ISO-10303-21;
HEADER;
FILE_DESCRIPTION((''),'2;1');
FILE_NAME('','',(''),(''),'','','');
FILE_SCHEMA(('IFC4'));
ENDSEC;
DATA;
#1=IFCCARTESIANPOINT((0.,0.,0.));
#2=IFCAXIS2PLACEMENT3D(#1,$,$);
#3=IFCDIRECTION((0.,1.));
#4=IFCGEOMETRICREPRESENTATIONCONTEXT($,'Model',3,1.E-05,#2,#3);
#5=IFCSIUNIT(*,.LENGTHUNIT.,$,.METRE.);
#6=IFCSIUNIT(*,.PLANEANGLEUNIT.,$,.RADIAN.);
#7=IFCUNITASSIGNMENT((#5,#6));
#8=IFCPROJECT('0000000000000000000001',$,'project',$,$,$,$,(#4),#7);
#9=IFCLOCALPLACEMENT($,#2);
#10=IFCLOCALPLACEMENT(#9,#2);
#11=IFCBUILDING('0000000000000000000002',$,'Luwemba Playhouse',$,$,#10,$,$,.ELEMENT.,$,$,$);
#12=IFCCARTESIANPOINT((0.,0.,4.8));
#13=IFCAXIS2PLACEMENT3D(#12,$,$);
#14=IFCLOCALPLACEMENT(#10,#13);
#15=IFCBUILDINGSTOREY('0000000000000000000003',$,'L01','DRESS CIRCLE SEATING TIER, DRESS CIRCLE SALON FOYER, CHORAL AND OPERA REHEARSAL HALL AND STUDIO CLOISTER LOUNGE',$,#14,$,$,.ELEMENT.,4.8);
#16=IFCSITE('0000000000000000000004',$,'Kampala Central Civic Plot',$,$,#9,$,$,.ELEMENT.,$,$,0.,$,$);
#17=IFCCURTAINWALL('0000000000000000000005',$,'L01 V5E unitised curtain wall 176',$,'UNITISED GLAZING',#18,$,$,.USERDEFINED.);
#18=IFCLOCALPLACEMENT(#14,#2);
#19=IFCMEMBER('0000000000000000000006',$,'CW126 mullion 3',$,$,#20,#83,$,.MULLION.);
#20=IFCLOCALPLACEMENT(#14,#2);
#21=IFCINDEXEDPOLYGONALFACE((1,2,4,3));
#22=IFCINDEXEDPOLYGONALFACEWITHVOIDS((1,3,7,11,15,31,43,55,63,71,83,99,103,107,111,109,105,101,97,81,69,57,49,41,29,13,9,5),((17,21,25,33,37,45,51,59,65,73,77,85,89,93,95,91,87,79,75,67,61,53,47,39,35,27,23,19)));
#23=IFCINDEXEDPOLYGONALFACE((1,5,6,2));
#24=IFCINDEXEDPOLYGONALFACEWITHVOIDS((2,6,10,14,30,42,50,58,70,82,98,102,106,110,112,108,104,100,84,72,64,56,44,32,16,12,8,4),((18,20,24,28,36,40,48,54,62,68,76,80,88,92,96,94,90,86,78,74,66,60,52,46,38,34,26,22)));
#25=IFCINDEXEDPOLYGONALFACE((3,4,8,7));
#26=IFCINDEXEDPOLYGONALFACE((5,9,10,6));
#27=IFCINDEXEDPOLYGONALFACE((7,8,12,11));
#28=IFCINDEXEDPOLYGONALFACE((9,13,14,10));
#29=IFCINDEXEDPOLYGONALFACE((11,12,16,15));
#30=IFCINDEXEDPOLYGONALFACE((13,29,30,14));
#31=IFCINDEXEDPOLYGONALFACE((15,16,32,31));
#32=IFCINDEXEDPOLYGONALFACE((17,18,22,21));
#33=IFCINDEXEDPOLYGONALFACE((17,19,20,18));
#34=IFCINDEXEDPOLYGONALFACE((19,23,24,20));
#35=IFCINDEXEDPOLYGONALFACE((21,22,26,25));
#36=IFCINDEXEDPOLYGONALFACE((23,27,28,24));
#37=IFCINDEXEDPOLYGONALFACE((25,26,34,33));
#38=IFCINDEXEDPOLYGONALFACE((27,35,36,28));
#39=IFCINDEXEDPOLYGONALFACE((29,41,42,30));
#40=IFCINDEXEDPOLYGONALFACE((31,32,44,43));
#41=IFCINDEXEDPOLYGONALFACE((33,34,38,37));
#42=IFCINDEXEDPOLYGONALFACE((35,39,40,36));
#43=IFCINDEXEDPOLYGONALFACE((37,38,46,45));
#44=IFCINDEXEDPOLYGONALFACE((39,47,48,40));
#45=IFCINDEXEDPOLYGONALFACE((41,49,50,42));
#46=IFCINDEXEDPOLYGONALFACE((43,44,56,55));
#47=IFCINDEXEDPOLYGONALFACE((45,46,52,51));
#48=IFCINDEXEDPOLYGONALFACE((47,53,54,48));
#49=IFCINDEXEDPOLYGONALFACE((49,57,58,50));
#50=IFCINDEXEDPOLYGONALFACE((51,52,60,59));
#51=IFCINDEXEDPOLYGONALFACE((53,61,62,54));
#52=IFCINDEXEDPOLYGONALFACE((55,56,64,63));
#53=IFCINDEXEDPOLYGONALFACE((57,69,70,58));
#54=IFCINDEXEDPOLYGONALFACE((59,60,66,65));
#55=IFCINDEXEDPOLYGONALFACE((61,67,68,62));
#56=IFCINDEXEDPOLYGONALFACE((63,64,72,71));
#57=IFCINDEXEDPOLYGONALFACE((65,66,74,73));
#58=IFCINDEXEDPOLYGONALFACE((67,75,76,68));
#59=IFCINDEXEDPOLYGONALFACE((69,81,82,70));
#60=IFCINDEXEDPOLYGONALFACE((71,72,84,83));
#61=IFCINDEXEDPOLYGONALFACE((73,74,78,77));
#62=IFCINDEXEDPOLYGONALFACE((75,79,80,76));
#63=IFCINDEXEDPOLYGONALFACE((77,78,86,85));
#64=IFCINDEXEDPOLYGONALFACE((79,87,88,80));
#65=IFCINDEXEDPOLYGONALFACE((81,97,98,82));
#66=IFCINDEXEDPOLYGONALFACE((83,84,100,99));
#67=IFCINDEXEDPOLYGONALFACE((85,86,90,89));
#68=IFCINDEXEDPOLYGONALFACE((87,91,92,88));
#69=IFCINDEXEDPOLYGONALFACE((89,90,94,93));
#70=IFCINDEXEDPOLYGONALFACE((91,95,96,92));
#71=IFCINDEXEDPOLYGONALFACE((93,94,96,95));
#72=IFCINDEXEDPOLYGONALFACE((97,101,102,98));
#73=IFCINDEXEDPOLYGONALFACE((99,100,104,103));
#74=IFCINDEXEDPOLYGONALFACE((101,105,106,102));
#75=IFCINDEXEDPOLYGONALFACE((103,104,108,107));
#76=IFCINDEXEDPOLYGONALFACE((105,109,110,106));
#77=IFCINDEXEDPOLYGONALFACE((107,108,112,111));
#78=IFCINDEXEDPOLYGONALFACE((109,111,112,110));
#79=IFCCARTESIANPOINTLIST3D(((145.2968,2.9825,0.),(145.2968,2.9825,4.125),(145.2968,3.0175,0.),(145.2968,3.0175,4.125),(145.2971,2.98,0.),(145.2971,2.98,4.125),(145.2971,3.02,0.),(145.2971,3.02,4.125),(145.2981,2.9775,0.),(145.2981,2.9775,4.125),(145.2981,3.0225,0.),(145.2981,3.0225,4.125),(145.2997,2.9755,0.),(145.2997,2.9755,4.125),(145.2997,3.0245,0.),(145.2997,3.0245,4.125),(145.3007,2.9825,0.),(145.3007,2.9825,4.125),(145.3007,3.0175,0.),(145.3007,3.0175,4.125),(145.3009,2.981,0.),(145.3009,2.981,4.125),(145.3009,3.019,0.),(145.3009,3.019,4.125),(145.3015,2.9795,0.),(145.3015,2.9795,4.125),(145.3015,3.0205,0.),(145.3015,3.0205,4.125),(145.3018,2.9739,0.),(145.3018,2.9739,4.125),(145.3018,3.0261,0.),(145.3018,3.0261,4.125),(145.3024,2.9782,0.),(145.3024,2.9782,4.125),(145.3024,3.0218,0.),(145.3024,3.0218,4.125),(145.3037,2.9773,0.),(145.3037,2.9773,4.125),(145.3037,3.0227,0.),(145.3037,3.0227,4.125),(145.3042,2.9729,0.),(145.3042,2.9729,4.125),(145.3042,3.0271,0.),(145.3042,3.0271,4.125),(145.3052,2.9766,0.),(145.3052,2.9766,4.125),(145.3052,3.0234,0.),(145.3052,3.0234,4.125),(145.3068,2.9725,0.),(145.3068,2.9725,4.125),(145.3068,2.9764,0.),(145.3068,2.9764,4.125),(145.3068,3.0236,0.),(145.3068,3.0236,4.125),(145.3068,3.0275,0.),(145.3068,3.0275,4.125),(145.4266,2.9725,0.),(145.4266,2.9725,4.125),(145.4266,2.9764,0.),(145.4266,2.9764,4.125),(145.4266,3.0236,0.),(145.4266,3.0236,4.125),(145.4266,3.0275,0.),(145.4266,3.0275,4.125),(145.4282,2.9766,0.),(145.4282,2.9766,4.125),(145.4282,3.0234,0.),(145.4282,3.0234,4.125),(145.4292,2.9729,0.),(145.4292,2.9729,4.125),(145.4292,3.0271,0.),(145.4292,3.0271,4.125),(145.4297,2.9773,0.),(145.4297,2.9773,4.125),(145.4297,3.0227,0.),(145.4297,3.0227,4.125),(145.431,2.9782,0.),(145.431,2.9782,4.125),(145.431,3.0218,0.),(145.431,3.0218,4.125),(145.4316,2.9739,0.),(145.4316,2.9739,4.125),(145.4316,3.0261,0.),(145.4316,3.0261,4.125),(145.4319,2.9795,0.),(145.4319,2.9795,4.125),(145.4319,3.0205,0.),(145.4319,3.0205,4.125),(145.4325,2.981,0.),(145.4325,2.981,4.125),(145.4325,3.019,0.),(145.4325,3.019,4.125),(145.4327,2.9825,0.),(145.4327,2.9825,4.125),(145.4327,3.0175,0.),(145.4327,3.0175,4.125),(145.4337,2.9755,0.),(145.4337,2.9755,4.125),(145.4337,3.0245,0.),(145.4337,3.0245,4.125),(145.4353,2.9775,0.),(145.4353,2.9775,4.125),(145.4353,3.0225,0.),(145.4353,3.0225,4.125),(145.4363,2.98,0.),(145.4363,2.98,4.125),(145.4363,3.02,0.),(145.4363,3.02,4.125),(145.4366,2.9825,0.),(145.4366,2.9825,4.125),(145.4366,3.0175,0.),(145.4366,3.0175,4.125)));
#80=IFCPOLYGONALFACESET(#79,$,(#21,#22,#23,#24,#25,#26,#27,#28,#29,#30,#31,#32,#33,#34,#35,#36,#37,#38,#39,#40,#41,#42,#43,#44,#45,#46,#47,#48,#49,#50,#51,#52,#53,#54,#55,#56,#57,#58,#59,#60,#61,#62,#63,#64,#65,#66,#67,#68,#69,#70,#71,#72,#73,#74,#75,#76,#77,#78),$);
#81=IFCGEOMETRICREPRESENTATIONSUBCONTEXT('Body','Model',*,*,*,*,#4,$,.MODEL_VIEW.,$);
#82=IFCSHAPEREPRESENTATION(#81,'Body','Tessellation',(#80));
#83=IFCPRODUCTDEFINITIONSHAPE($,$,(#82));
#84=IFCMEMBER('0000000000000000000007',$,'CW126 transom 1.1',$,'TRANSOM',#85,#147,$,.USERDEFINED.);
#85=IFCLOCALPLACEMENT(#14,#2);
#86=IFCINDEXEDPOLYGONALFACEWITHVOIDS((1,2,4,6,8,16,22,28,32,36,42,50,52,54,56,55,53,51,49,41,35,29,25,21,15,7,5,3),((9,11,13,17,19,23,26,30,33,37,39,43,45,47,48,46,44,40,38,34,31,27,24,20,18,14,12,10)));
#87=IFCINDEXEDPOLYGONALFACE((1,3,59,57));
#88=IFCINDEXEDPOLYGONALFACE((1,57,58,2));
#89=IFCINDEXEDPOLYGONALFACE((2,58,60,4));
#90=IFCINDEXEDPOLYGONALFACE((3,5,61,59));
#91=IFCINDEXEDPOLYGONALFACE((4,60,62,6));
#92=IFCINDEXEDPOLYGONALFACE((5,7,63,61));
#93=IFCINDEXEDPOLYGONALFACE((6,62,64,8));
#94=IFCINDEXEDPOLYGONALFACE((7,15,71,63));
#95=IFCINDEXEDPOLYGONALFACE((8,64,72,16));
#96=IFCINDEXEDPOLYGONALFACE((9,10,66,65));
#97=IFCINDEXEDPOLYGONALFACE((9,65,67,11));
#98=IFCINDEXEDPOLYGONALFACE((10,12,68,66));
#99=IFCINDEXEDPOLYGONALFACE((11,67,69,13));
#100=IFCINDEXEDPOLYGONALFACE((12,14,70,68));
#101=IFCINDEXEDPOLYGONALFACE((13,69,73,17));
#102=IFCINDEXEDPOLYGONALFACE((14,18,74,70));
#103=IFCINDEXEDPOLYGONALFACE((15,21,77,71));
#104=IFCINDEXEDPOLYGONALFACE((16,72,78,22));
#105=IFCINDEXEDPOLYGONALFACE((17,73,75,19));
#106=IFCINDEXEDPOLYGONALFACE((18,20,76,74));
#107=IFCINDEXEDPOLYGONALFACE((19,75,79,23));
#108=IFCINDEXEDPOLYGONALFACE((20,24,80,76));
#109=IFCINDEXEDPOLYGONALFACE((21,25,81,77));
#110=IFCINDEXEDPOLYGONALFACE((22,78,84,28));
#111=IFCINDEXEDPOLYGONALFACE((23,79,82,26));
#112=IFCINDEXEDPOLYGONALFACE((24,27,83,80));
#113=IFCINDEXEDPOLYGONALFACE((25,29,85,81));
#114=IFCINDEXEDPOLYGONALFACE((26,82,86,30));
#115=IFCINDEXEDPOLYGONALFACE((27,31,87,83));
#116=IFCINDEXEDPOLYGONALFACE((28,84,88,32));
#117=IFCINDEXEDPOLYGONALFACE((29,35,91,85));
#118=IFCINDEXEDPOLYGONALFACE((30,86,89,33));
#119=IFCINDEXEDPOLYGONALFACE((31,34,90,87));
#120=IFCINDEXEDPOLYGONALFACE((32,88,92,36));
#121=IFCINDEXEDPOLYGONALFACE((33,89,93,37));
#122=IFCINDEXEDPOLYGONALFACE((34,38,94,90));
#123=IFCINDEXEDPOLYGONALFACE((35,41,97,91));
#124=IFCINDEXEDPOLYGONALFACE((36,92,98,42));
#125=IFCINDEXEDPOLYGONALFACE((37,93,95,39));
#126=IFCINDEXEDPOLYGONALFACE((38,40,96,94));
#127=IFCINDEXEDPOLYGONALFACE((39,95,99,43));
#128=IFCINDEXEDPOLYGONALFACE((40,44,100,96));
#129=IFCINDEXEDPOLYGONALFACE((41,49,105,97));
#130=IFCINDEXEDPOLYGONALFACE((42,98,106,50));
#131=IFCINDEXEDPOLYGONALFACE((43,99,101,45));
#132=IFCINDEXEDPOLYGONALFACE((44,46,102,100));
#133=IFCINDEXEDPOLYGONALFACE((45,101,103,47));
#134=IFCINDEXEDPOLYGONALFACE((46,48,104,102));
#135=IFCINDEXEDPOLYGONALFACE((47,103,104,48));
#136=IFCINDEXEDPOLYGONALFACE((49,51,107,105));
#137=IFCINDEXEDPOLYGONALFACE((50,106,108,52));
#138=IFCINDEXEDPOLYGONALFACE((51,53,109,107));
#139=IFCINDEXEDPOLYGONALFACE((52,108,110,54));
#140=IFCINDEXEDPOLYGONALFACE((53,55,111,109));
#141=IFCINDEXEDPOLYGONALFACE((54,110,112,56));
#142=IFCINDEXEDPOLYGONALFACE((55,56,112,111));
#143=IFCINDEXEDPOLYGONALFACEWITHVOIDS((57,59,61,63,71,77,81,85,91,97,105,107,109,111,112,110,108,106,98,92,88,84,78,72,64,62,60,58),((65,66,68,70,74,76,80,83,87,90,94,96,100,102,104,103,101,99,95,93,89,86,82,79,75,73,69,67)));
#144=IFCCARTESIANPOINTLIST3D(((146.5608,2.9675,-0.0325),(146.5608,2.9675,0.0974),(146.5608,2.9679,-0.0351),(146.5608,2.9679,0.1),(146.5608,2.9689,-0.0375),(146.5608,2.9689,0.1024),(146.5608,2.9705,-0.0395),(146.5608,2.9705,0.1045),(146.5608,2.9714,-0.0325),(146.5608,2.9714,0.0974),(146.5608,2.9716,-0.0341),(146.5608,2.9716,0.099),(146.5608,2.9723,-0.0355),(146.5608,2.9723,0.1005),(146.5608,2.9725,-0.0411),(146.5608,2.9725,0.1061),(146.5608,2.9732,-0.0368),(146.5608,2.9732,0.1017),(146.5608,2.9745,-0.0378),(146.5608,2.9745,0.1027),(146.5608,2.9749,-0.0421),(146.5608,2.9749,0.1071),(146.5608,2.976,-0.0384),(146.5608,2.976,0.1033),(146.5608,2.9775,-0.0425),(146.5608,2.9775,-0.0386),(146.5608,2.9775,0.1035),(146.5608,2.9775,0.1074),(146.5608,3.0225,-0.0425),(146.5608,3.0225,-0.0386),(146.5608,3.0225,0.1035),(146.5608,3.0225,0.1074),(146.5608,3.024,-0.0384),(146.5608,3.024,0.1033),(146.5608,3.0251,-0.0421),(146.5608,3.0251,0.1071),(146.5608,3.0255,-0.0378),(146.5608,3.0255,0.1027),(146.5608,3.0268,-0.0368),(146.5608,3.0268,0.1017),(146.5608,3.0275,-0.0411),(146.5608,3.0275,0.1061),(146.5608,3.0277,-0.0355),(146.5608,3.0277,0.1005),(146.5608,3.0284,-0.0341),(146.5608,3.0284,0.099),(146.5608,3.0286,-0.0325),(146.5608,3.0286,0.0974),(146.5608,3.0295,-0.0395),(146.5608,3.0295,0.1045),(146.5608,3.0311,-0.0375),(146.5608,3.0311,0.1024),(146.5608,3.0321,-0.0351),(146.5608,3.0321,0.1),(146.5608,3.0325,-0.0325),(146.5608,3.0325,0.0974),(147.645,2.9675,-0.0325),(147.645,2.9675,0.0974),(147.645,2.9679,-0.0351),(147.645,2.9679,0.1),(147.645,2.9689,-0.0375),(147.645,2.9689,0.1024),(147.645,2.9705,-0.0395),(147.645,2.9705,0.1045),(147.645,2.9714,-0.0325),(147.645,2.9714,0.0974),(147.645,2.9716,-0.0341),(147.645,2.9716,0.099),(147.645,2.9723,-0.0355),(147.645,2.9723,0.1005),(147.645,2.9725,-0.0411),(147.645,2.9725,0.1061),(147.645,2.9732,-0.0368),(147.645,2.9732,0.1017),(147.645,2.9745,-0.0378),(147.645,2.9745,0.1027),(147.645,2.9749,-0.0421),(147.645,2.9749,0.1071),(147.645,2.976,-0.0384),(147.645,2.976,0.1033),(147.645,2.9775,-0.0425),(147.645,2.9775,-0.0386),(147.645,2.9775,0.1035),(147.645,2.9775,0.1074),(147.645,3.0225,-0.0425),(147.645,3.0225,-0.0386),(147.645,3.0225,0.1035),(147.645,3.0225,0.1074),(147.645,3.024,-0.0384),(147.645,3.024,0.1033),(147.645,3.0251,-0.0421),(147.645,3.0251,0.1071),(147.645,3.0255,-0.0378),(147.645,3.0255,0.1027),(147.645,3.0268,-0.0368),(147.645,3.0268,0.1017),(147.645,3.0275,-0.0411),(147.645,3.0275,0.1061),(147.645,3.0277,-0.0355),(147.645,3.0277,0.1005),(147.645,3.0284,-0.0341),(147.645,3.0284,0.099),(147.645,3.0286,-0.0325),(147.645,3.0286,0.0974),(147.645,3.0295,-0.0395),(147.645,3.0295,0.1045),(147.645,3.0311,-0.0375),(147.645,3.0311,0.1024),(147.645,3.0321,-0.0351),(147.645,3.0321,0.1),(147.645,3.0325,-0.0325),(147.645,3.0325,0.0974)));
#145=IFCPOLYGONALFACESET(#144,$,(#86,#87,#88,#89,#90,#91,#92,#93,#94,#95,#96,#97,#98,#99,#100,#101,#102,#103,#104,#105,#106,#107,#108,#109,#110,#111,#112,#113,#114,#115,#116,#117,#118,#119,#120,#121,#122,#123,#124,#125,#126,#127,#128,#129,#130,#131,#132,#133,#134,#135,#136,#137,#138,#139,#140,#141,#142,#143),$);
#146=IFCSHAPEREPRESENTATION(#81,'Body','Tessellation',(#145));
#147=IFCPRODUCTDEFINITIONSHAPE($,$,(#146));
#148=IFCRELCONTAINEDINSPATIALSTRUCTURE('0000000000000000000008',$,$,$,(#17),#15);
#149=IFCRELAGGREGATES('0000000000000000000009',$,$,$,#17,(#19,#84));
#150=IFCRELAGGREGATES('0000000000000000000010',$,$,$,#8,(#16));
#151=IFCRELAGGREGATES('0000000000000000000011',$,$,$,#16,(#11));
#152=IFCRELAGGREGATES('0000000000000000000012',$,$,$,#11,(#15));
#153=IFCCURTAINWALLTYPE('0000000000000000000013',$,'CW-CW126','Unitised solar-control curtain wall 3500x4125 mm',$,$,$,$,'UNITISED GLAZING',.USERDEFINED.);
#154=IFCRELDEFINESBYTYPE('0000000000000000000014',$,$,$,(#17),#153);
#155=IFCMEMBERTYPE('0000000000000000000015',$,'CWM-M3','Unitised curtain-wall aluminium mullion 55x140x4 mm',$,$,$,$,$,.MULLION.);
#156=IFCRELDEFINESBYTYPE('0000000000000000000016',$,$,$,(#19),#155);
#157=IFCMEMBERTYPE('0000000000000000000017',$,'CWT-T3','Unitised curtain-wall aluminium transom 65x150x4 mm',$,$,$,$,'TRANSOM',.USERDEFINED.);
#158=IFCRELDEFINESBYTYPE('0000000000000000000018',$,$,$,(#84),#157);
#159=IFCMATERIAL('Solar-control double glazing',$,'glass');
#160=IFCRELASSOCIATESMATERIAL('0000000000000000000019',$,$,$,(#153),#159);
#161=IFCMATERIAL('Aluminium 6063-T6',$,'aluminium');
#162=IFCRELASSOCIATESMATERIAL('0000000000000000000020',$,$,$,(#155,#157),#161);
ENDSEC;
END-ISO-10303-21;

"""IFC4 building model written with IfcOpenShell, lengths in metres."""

from ifc_helpers import new_model, si_unit, direction, frame, origin, origin_2d, place, context, subcontext, project, spatial, hollow_rectangle, extrude, material, material_profile, profile_set, type_object, element, aggregate, save


model = new_model("IFC4")

# Units and contexts
model_context = context("Model", 3, precision=1e-05, world=origin(), true_north=direction((0.0, 1.0)))
body_context = subcontext(model_context, "Body", "Model", "MODEL_VIEW")
ifc_project = project(units=[si_unit("LENGTHUNIT", "METRE"), si_unit("PLANEANGLEUNIT", "RADIAN")], contexts=[model_context])

# Site, building, storey
site_placement = place(None, origin())
site = spatial("IfcSite", under=ifc_project, at=site_placement, Name="Kampala Central Civic Plot", CompositionType="ELEMENT", RefElevation=0.0)
building_placement = place(site_placement, origin())
building = spatial("IfcBuilding", under=site, at=building_placement, Name="Luwemba Playhouse", CompositionType="ELEMENT")
storey_placement = place(building_placement, frame((0.0, 0.0, 4.8)))
storey = spatial("IfcBuildingStorey", under=building, at=storey_placement, Name="L01", Description="DRESS CIRCLE SEATING TIER, DRESS CIRCLE SALON FOYER, CHORAL AND OPERA REHEARSAL HALL AND STUDIO CLOISTER LOUNGE", CompositionType="ELEMENT", Elevation=4.8)

# Curtain wall, members
ifc_material_1 = material(Name="Solar-control double glazing", Category="glass")
curtain_wall_type = type_object("IfcCurtainWallType", Name="CW-CW126", Description="Unitised solar-control curtain wall 3500x4125 mm", ElementType="UNITISED GLAZING", PredefinedType="USERDEFINED", material=ifc_material_1)
curtain_wall_placement = place(storey_placement, origin())
curtain_wall = element("IfcCurtainWall", 1, at=curtain_wall_placement, inside=storey, type_object=curtain_wall_type, Name="L01 V5E unitised curtain wall 176", ObjectType="UNITISED GLAZING", PredefinedType="USERDEFINED")
ifc_material_2 = material(Name="Aluminium 6063-T6", Category="aluminium")
ifc_material_profile_1 = material_profile(ifc_material_2, hollow_rectangle(XDim=0.0549, YDim=0.1399, WallThickness=0.0039, InnerFilletRadius=0.0061, OuterFilletRadius=0.01, at=origin_2d()))
ifc_profile_set_1 = profile_set([ifc_material_profile_1], Name="Aluminium 6063-T6")
member_type_1 = type_object("IfcMemberType", Name="CWM-M3", Description="Unitised curtain-wall aluminium mullion 55x140x4 mm", PredefinedType="MULLION", material=ifc_profile_set_1)
member_1_placement = place(storey_placement, frame((145.3667, 3.0, 0.0), z_axis=(0.0, 0.0, 1.0), x_axis=(0.0, -1.0, 0.0)))
member_1 = element("IfcMember", 2, at=member_1_placement, type_object=member_type_1, Name="CW126 mullion 3", PredefinedType="MULLION", context=body_context, shape_type="SweptSolid", body=[
    extrude(hollow_rectangle(XDim=0.0549, YDim=0.1399, WallThickness=0.0039, InnerFilletRadius=0.0061, OuterFilletRadius=0.01, at=origin_2d()), origin(), (0.0, 0.0, 1.0), 4.125),
])
ifc_material_profile_2 = material_profile(ifc_material_2, hollow_rectangle(XDim=0.0649, YDim=0.1499, WallThickness=0.0039, InnerFilletRadius=0.0061, OuterFilletRadius=0.01, at=origin_2d()))
ifc_profile_set_2 = profile_set([ifc_material_profile_2], Name="Aluminium 6063-T6")
member_type_2 = type_object("IfcMemberType", Name="CWT-T3", Description="Unitised curtain-wall aluminium transom 65x150x4 mm", ElementType="TRANSOM", PredefinedType="USERDEFINED", material=ifc_profile_set_2)
member_2_placement = place(storey_placement, frame((147.645, 3.0, 0.0325), z_axis=(-1.0, 0.0, 0.0), x_axis=(0.0, -1.0, 0.0)))
member_2 = element("IfcMember", 3, at=member_2_placement, type_object=member_type_2, Name="CW126 transom 1.1", ObjectType="TRANSOM", PredefinedType="USERDEFINED", context=body_context, shape_type="SweptSolid", body=[
    extrude(hollow_rectangle(XDim=0.0649, YDim=0.1499, WallThickness=0.0039, InnerFilletRadius=0.0061, OuterFilletRadius=0.01, at=origin_2d()), origin(), (0.0, 0.0, 1.0), 1.0842),
])

aggregate(curtain_wall, [member_1, member_2])

save(model, "model.ifc")
